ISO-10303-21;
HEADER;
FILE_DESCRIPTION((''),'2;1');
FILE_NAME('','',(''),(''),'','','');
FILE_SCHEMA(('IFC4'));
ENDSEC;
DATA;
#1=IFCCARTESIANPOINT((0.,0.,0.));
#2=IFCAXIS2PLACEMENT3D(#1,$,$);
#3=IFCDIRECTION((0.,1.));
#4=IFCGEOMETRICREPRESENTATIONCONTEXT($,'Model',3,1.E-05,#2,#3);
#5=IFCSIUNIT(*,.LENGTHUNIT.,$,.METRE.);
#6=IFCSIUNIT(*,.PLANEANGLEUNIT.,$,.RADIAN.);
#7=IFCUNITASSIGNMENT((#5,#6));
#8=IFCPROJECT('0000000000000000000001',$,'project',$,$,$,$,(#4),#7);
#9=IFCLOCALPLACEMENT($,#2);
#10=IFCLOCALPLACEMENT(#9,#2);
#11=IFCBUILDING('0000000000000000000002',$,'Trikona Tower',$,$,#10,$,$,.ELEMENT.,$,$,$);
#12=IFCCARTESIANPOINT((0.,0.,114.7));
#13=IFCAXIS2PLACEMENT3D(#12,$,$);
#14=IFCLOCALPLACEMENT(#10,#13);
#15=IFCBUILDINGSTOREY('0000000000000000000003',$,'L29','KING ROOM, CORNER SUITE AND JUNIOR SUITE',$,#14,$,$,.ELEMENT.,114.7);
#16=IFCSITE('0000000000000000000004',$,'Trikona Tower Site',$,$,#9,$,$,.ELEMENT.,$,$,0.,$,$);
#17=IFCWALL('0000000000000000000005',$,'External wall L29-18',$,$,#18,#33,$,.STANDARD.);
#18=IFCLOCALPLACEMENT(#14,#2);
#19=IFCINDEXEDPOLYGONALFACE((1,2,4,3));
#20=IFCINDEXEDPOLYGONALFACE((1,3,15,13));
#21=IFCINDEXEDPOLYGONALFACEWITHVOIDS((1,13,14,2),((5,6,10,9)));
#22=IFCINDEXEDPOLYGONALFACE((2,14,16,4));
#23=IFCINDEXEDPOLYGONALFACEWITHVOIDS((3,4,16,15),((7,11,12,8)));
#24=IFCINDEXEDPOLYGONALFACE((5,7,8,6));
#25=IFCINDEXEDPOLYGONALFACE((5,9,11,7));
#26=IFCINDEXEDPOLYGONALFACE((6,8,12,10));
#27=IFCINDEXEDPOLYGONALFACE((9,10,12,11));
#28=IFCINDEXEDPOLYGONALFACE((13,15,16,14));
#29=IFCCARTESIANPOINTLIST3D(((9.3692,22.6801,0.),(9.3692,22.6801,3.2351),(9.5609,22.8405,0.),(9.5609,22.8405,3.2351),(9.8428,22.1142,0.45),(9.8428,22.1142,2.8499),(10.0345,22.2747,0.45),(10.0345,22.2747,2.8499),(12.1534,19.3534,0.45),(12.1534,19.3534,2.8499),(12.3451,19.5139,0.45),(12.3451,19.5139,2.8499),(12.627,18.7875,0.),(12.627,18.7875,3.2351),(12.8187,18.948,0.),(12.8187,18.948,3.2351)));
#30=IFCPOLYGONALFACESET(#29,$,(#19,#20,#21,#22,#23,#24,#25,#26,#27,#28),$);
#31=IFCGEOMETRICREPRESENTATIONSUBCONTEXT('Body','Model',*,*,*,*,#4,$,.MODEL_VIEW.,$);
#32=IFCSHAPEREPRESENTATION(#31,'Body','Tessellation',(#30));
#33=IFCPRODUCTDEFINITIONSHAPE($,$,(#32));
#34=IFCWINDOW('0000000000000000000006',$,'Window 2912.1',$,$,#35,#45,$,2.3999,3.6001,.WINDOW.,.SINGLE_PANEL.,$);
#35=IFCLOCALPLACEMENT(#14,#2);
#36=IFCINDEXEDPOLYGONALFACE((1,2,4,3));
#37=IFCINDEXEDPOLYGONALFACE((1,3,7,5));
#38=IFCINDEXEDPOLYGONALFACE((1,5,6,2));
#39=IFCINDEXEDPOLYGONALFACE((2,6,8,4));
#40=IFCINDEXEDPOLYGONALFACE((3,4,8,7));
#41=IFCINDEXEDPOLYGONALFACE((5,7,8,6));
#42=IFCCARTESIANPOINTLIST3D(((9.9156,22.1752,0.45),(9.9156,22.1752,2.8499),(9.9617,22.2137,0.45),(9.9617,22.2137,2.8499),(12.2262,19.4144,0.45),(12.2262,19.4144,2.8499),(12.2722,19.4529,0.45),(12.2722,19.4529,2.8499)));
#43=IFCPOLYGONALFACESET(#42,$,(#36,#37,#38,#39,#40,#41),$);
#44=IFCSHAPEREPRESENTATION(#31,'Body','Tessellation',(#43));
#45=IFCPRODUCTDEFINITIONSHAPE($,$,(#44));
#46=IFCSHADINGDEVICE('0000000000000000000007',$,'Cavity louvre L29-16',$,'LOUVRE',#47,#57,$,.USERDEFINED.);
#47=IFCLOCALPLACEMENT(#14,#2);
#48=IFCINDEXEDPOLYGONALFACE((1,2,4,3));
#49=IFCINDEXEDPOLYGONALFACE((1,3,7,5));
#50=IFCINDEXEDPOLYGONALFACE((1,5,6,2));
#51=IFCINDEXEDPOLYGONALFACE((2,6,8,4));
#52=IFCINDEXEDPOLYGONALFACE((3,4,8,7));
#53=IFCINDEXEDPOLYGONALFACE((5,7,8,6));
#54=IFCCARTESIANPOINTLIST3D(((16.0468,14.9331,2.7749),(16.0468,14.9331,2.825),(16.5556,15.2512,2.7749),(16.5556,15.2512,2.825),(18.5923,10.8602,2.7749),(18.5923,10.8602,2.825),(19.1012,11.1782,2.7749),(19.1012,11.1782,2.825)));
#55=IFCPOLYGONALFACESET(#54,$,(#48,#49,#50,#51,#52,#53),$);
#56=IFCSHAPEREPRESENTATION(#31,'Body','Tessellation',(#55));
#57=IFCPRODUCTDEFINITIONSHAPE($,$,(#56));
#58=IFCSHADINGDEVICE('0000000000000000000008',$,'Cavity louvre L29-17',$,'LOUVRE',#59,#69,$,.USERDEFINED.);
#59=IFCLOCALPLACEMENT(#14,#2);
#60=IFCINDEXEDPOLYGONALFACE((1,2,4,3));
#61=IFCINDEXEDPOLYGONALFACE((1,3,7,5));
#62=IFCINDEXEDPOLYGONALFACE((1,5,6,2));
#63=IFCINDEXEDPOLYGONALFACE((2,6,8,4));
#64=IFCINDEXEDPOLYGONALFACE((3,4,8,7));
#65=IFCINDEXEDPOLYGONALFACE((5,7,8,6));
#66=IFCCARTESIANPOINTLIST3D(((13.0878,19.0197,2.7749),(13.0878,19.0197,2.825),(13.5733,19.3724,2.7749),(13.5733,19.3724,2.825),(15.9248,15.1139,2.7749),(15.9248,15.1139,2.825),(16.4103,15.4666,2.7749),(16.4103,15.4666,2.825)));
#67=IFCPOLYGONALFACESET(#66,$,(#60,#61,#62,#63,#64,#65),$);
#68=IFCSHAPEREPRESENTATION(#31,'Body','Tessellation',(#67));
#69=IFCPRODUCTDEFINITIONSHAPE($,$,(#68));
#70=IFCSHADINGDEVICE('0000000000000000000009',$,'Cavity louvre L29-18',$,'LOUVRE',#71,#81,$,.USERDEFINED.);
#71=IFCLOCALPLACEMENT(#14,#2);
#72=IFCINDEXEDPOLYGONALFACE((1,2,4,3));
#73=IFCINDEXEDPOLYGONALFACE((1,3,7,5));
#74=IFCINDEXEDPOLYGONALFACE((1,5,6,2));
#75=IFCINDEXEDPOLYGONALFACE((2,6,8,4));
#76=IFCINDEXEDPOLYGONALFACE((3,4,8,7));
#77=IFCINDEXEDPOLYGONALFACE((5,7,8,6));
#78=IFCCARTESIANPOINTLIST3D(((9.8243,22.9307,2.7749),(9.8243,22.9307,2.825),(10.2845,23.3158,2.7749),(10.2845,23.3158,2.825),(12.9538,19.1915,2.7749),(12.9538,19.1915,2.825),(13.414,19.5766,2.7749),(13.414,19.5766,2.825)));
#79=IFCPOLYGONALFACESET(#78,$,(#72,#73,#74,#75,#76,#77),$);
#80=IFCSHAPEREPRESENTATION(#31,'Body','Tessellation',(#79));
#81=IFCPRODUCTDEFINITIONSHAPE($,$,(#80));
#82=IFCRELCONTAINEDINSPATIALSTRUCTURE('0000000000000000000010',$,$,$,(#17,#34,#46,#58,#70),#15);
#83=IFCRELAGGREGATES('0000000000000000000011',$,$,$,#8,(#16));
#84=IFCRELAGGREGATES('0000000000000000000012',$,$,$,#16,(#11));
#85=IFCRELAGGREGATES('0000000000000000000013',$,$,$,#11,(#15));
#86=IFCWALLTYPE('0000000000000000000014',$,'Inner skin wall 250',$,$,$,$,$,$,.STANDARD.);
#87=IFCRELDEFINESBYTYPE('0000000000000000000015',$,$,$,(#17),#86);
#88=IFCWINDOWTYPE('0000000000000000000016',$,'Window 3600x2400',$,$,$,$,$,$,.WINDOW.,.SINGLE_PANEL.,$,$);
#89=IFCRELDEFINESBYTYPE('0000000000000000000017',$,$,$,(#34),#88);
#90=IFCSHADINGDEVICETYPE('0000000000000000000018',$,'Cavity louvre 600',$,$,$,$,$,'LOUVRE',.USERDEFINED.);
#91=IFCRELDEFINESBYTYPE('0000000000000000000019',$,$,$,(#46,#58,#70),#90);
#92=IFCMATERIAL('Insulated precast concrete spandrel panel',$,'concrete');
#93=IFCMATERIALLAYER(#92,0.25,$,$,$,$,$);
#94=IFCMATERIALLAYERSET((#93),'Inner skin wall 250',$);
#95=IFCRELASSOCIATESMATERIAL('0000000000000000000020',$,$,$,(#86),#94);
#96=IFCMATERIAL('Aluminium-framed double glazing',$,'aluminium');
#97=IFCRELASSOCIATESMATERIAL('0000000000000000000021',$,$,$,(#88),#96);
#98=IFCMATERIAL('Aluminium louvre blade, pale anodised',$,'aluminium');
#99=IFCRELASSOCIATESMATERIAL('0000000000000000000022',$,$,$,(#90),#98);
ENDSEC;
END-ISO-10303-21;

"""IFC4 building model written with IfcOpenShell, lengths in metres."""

from ifc_helpers import new_model, si_unit, direction, frame, frame_2d, origin, origin_2d, place, context, subcontext, project, spatial, rectangle, extrude, material, layer, layer_set, type_object, element, fill, save


model = new_model("IFC4")

# Units and contexts
model_context = context("Model", 3, precision=1e-05, world=origin(), true_north=direction((0.0, 1.0)))
body_context = subcontext(model_context, "Body", "Model", "MODEL_VIEW")
ifc_project = project(units=[si_unit("LENGTHUNIT", "METRE"), si_unit("PLANEANGLEUNIT", "RADIAN")], contexts=[model_context])

# Site, building, storey
site_placement = place(None, origin())
site = spatial("IfcSite", under=ifc_project, at=site_placement, Name="Trikona Tower Site", CompositionType="ELEMENT", RefElevation=0.0)
building_placement = place(site_placement, origin())
building = spatial("IfcBuilding", under=site, at=building_placement, Name="Trikona Tower", CompositionType="ELEMENT")
storey_placement = place(building_placement, frame((0.0, 0.0, 114.7)))
storey = spatial("IfcBuildingStorey", under=building, at=storey_placement, Name="L29", Description="KING ROOM, CORNER SUITE AND JUNIOR SUITE", CompositionType="ELEMENT", Elevation=114.7)

# Wall, opening, window
ifc_material_1 = material(Name="Insulated precast concrete spandrel panel", Category="concrete")
ifc_layer_1 = layer(ifc_material_1, 0.25)
ifc_layer_set_1 = layer_set([ifc_layer_1], Name="Inner skin wall 250")
wall_type = type_object("IfcWallType", Name="Inner skin wall 250", PredefinedType="STANDARD", material=ifc_layer_set_1)
ifc_material_2 = material(Name="Aluminium-framed double glazing", Category="aluminium")
window_type = type_object("IfcWindowType", Name="Window 3600x2400", PartitioningType="SINGLE_PANEL", PredefinedType="WINDOW", material=ifc_material_2)
wall_1_placement = place(storey_placement, frame((12.7229, 18.8677, 0.0), z_axis=(0.0, 0.0, 1.0), x_axis=(-0.64181, 0.766863, 0.0)))
wall_1 = element("IfcWall", 1, at=wall_1_placement, inside=storey, type_object=wall_type, Name="External wall L29-18", PredefinedType="STANDARD", context=body_context, shape_type="SweptSolid", body=[
    extrude(rectangle(XDim=5.0759, YDim=0.25, at=frame_2d((2.5381, 0.0))), origin(), (0.0, 0.0, 1.0), 3.2351),
])
opening_1_placement = place(wall_1_placement, frame((0.738, 0.0, 0.45)))
opening_1 = element("IfcOpeningElement", 2, at=opening_1_placement, cuts=wall_1, PredefinedType="OPENING", context=body_context, shape_type="SweptSolid", body=[
    extrude(rectangle(XDim=3.6001, YDim=2.3999, at=frame_2d((1.8, 1.2))), frame((0.0, 0.135, 0.0), z_axis=(0.0, -1.0, 0.0), x_axis=(1.0, 0.0, 0.0)), (0.0, 0.0, 1.0), 0.27),
])
window_1_placement = place(opening_1_placement, origin())
window_1 = element("IfcWindow", 3, at=window_1_placement, inside=storey, type_object=window_type, Name="Window 2912.1", OverallHeight=2.3999, OverallWidth=3.6001, PartitioningType="SINGLE_PANEL", PredefinedType="WINDOW", context=body_context, shape_type="SweptSolid", body=[
    extrude(rectangle(XDim=3.6001, YDim=2.3999, at=frame_2d((1.8, 1.2))), frame((0.0, 0.03, 0.0), z_axis=(0.0, -1.0, 0.0), x_axis=(1.0, 0.0, 0.0)), (0.0, 0.0, 1.0), 0.0601),
])
fill(opening_1, window_1)

# Shading devices
ifc_material_3 = material(Name="Aluminium louvre blade, pale anodised", Category="aluminium")
shading_device_type = type_object("IfcShadingDeviceType", Name="Cavity louvre 600", ElementType="LOUVRE", PredefinedType="USERDEFINED", material=ifc_material_3)
shading_device_1_placement = place(storey_placement, frame((17.574, 13.0557, 2.7749), z_axis=(0.0, 0.0, 1.0), x_axis=(-0.529995, 0.848001, 0.0)))
element("IfcShadingDevice", 4, at=shading_device_1_placement, inside=storey, type_object=shading_device_type, Name="Cavity louvre L29-16", ObjectType="LOUVRE", PredefinedType="USERDEFINED", context=body_context, shape_type="SweptSolid", body=[
    extrude(rectangle(XDim=4.803, YDim=0.6001, at=origin_2d()), origin(), (0.0, 0.0, 1.0), 0.05),
])
shading_device_2_placement = place(storey_placement, frame((14.749, 17.2432, 2.7749), z_axis=(0.0, 0.0, 1.0), x_axis=(-0.587686, 0.809089, 0.0)))
element("IfcShadingDevice", 5, at=shading_device_2_placement, inside=storey, type_object=shading_device_type, Name="Cavity louvre L29-17", ObjectType="LOUVRE", PredefinedType="USERDEFINED", context=body_context, shape_type="SweptSolid", body=[
    extrude(rectangle(XDim=4.8274, YDim=0.6001, at=origin_2d()), origin(), (0.0, 0.0, 1.0), 0.05),
])
shading_device_3_placement = place(storey_placement, frame((11.6191, 21.2537, 2.7749), z_axis=(0.0, 0.0, 1.0), x_axis=(-0.641807, 0.766866, 0.0)))
element("IfcShadingDevice", 6, at=shading_device_3_placement, inside=storey, type_object=shading_device_type, Name="Cavity louvre L29-18", ObjectType="LOUVRE", PredefinedType="USERDEFINED", context=body_context, shape_type="SweptSolid", body=[
    extrude(rectangle(XDim=4.876, YDim=0.6001, at=origin_2d()), origin(), (0.0, 0.0, 1.0), 0.05),
])

save(model, "model.ifc")
